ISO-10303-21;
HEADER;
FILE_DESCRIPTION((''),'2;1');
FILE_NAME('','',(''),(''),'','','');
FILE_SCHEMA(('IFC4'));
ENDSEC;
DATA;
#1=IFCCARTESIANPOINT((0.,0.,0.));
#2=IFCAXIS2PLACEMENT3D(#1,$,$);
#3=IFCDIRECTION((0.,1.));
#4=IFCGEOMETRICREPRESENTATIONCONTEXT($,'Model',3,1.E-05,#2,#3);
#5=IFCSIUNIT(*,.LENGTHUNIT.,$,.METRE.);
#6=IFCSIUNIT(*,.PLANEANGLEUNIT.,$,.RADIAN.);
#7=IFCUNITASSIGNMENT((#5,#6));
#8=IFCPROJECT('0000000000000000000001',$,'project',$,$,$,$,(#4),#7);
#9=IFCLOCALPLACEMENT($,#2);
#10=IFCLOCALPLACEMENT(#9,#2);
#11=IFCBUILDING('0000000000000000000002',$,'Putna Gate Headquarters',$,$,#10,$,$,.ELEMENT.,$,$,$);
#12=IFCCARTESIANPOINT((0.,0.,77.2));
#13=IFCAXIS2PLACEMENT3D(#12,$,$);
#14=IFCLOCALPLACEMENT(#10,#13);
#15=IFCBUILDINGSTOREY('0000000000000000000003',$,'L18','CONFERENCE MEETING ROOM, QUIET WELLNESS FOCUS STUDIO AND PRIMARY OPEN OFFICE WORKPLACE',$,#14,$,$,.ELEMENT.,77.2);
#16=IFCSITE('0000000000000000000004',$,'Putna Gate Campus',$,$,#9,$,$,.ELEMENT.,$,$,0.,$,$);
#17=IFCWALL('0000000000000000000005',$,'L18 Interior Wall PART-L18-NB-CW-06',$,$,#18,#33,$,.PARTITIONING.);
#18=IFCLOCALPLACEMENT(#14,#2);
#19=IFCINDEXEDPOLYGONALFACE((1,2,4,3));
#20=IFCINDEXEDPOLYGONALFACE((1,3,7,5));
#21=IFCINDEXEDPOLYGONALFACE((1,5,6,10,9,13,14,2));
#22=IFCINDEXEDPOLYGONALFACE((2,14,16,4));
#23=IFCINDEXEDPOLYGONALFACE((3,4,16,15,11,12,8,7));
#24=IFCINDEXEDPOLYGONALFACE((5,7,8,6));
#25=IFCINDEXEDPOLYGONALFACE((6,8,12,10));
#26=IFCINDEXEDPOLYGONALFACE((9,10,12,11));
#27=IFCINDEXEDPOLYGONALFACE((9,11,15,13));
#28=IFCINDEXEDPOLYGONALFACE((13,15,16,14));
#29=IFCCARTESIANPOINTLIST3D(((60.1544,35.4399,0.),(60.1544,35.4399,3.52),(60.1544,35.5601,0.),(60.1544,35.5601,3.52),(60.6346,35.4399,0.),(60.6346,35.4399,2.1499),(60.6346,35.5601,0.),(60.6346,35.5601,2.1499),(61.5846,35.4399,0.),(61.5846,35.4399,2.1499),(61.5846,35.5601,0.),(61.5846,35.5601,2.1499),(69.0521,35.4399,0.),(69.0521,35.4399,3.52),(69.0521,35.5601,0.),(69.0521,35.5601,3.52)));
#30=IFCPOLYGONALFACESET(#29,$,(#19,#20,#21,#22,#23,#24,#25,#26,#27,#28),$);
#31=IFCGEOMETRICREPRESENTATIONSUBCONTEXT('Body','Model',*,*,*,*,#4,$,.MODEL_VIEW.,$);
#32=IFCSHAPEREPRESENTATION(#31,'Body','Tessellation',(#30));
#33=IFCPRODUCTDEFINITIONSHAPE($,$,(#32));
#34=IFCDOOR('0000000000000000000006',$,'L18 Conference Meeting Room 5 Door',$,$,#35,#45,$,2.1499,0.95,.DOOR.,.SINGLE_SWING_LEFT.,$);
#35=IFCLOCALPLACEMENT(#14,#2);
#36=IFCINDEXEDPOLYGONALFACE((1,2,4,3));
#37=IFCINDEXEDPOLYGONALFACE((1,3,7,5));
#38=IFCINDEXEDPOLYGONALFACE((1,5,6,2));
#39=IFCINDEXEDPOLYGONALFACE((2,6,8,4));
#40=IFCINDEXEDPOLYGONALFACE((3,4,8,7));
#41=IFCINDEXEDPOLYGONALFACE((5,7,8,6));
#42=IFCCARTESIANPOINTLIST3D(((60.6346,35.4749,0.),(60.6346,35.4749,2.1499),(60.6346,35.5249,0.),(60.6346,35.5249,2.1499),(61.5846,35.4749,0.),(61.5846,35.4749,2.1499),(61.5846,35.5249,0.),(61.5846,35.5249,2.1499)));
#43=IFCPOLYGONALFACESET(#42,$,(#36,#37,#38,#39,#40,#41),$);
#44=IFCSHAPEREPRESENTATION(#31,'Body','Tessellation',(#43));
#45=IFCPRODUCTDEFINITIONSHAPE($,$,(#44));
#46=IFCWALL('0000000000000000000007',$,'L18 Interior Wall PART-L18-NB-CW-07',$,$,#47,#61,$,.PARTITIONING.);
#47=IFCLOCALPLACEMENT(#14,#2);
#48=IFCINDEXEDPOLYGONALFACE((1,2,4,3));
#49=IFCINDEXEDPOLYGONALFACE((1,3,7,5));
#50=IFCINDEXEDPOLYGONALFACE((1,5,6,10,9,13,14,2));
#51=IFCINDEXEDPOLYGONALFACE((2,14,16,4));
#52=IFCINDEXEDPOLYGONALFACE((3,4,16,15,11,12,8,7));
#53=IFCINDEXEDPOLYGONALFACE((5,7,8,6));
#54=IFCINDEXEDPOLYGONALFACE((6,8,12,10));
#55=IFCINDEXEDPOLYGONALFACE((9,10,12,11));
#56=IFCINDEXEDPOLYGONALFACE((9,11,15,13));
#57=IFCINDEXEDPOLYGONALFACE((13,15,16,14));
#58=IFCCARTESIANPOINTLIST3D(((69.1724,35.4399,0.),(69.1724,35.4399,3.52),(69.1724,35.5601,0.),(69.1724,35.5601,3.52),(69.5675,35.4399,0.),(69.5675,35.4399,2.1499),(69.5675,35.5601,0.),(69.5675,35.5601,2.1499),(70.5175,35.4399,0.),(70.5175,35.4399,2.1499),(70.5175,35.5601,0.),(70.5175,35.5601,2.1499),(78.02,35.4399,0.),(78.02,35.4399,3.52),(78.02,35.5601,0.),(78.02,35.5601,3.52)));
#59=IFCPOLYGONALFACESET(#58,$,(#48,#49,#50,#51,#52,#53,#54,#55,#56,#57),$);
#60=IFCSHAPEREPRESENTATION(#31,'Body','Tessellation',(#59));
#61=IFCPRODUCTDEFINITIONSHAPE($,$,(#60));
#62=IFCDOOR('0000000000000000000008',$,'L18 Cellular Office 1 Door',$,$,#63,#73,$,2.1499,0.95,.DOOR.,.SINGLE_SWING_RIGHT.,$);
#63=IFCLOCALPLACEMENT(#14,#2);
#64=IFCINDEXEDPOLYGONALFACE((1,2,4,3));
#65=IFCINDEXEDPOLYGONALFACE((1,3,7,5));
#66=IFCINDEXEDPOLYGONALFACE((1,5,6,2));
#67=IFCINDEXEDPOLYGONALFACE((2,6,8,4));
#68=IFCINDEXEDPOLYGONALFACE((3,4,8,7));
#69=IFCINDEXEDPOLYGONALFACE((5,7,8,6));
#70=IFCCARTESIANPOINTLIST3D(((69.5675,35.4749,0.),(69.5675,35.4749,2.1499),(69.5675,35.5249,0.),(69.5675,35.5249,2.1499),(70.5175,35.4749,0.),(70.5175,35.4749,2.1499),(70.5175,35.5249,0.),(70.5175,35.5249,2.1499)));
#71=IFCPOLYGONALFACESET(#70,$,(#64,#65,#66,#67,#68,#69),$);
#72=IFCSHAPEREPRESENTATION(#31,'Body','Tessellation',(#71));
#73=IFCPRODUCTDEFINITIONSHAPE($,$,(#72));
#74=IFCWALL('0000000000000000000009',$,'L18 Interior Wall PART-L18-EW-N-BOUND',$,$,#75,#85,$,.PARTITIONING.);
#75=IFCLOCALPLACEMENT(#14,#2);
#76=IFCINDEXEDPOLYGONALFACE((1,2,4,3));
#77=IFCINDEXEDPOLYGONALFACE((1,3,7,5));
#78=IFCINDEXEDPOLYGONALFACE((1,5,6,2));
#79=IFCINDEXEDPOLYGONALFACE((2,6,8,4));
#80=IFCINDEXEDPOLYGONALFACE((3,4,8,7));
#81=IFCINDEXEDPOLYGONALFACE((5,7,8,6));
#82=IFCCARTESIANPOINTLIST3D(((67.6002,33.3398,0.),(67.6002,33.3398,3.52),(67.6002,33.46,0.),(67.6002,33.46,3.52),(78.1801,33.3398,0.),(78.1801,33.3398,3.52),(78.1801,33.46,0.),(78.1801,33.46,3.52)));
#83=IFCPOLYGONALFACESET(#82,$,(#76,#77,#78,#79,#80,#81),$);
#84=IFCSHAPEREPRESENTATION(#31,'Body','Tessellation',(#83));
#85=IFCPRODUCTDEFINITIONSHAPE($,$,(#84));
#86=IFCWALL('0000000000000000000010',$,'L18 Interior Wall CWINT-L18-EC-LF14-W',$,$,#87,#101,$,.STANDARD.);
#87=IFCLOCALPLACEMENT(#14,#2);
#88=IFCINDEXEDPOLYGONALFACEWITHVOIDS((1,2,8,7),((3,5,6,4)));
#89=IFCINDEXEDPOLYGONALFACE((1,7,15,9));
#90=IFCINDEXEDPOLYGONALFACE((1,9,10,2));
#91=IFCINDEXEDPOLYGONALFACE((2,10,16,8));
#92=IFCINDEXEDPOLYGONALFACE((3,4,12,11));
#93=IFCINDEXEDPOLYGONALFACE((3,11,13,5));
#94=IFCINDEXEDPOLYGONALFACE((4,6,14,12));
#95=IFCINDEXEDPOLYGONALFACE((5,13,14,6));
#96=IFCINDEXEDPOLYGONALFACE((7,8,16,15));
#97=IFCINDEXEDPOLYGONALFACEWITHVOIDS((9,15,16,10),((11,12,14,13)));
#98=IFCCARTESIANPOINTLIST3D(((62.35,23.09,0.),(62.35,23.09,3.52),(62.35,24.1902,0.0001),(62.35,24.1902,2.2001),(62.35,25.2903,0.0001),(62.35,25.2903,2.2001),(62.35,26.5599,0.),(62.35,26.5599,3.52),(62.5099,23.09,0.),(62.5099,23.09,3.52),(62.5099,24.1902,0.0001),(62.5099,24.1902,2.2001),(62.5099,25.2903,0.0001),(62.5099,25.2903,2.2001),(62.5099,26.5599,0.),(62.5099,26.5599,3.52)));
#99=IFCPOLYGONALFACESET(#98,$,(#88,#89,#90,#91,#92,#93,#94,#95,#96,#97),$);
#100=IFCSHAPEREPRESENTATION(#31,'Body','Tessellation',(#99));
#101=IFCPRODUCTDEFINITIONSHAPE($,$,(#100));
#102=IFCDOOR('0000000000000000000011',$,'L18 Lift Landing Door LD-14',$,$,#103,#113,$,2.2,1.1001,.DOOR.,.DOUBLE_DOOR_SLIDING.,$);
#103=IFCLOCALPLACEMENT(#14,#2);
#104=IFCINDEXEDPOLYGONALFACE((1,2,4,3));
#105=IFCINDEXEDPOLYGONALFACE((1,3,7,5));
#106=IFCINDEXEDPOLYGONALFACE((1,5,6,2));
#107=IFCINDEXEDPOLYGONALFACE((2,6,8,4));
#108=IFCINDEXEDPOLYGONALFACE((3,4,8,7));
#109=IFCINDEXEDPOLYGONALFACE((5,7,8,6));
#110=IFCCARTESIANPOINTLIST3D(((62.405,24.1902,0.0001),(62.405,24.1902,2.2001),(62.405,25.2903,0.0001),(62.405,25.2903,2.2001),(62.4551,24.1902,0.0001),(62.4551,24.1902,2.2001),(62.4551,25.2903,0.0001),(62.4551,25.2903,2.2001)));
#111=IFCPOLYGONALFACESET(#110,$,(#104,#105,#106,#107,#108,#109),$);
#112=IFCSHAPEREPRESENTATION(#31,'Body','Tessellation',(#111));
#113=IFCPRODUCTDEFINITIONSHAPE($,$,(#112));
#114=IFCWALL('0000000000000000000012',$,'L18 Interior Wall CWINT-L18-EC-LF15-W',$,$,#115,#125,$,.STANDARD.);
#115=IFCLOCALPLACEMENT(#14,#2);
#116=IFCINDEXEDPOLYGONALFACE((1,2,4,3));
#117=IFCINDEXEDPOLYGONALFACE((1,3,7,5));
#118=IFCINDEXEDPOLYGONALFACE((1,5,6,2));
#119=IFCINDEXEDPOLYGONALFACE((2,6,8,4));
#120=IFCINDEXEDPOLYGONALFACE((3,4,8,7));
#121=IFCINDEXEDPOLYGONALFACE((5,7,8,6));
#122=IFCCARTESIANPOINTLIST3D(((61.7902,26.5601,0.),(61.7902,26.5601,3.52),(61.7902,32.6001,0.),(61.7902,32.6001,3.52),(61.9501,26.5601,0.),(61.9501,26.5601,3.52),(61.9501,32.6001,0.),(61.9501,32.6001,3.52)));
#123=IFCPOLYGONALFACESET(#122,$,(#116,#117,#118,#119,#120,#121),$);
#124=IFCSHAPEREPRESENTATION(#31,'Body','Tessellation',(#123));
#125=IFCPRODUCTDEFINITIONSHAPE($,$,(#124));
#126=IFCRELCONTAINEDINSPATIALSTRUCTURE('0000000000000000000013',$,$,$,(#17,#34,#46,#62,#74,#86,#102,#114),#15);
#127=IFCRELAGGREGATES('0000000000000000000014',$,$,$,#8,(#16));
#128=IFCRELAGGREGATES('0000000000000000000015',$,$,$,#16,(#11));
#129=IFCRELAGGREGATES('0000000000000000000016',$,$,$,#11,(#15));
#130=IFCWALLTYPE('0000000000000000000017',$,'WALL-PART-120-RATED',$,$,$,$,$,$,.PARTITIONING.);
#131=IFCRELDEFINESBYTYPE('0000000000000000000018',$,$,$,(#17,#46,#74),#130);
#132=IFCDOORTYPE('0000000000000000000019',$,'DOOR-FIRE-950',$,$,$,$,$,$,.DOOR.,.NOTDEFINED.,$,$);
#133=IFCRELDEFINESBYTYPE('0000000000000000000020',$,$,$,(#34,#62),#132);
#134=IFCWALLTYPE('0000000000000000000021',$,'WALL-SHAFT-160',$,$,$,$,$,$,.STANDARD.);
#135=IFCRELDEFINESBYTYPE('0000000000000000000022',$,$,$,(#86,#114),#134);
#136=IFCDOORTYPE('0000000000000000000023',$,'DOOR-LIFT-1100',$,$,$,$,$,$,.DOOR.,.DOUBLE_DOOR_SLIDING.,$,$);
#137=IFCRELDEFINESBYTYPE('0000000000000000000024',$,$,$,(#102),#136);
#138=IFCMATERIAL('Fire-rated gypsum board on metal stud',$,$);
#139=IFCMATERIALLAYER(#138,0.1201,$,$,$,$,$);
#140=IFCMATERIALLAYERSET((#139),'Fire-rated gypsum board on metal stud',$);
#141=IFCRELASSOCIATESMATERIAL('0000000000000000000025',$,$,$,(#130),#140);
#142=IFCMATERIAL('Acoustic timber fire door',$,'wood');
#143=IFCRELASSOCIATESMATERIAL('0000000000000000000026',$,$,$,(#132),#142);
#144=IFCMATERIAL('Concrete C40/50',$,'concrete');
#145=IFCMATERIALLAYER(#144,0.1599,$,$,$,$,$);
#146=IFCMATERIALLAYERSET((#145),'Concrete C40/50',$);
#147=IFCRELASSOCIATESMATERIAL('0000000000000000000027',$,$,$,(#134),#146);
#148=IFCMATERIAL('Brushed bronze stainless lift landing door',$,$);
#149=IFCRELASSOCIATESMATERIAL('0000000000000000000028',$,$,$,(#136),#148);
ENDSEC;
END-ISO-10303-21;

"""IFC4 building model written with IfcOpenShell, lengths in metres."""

from ifc_helpers import new_model, si_unit, direction, frame, frame_2d, origin, place, context, subcontext, project, spatial, rectangle, extrude, material, layer, layer_set, type_object, element, fill, save


model = new_model("IFC4")

# Units and contexts
model_context = context("Model", 3, precision=1e-05, world=origin(), true_north=direction((0.0, 1.0)))
body_context = subcontext(model_context, "Body", "Model", "MODEL_VIEW")
ifc_project = project(units=[si_unit("LENGTHUNIT", "METRE"), si_unit("PLANEANGLEUNIT", "RADIAN")], contexts=[model_context])

# Site, building, storey
site_placement = place(None, origin())
site = spatial("IfcSite", under=ifc_project, at=site_placement, Name="Putna Gate Campus", CompositionType="ELEMENT", RefElevation=0.0)
building_placement = place(site_placement, origin())
building = spatial("IfcBuilding", under=site, at=building_placement, Name="Putna Gate Headquarters", CompositionType="ELEMENT")
storey_placement = place(building_placement, frame((0.0, 0.0, 77.2)))
storey = spatial("IfcBuildingStorey", under=building, at=storey_placement, Name="L18", Description="CONFERENCE MEETING ROOM, QUIET WELLNESS FOCUS STUDIO AND PRIMARY OPEN OFFICE WORKPLACE", CompositionType="ELEMENT", Elevation=77.2)

# Shared definitions
ifc_material_1 = material(Name="Fire-rated gypsum board on metal stud")
ifc_layer_1 = layer(ifc_material_1, 0.1201)
ifc_layer_set_1 = layer_set([ifc_layer_1], Name="Fire-rated gypsum board on metal stud")
wall_type_1 = type_object("IfcWallType", Name="WALL-PART-120-RATED", PredefinedType="PARTITIONING", material=ifc_layer_set_1)

# Walls, openings, doors
wall_1_placement = place(storey_placement, frame((60.1545, 35.5, 0.0), z_axis=(0.0, 0.0, 1.0), x_axis=(1.0, 0.0, 0.0)))
wall_1 = element("IfcWall", 1, at=wall_1_placement, inside=storey, type_object=wall_type_1, Name="L18 Interior Wall PART-L18-NB-CW-06", PredefinedType="PARTITIONING", context=body_context, shape_type="SweptSolid", body=[
    extrude(rectangle(XDim=8.8977, YDim=0.1201, at=frame_2d((4.4487, 0.0))), origin(), (0.0, 0.0, 1.0), 3.52),
])
opening_1_placement = place(wall_1_placement, frame((0.48, 0.0, 0.0)))
opening_1 = element("IfcOpeningElement", 2, at=opening_1_placement, cuts=wall_1, PredefinedType="OPENING", context=body_context, shape_type="SweptSolid", body=[
    extrude(rectangle(XDim=0.95, YDim=2.1499, at=frame_2d((0.4751, 1.075))), frame((0.0, 0.0701, 0.0), z_axis=(0.0, -1.0, 0.0), x_axis=(1.0, 0.0, 0.0)), (0.0, 0.0, 1.0), 0.1401),
])
ifc_material_2 = material(Name="Acoustic timber fire door", Category="wood")
door_type_1 = type_object("IfcDoorType", Name="DOOR-FIRE-950", OperationType="NOTDEFINED", PredefinedType="DOOR", material=ifc_material_2)
door_1_placement = place(opening_1_placement, origin())
door_1 = element("IfcDoor", 3, at=door_1_placement, inside=storey, type_object=door_type_1, Name="L18 Conference Meeting Room 5 Door", OperationType="SINGLE_SWING_LEFT", OverallHeight=2.1499, OverallWidth=0.95, PredefinedType="DOOR", context=body_context, shape_type="SweptSolid", body=[
    extrude(rectangle(XDim=0.95, YDim=2.1499, at=frame_2d((0.4751, 1.075))), frame((0.0, 0.0249, 0.0), z_axis=(0.0, -1.0, 0.0), x_axis=(1.0, 0.0, 0.0)), (0.0, 0.0, 1.0), 0.05),
])
fill(opening_1, door_1)
wall_2_placement = place(storey_placement, frame((69.1724, 35.5, 0.0), z_axis=(0.0, 0.0, 1.0), x_axis=(1.0, 0.0, 0.0)))
wall_2 = element("IfcWall", 4, at=wall_2_placement, inside=storey, type_object=wall_type_1, Name="L18 Interior Wall PART-L18-NB-CW-07", PredefinedType="PARTITIONING", context=body_context, shape_type="SweptSolid", body=[
    extrude(rectangle(XDim=8.8477, YDim=0.1201, at=frame_2d((4.4238, 0.0))), origin(), (0.0, 0.0, 1.0), 3.52),
])
opening_2_placement = place(wall_2_placement, frame((0.395, 0.0, 0.0)))
opening_2 = element("IfcOpeningElement", 5, at=opening_2_placement, cuts=wall_2, PredefinedType="OPENING", context=body_context, shape_type="SweptSolid", body=[
    extrude(rectangle(XDim=0.95, YDim=2.1499, at=frame_2d((0.4751, 1.075))), frame((0.0, 0.0701, 0.0), z_axis=(0.0, -1.0, 0.0), x_axis=(1.0, 0.0, 0.0)), (0.0, 0.0, 1.0), 0.1401),
])
door_2_placement = place(opening_2_placement, origin())
door_2 = element("IfcDoor", 6, at=door_2_placement, inside=storey, type_object=door_type_1, Name="L18 Cellular Office 1 Door", OperationType="SINGLE_SWING_RIGHT", OverallHeight=2.1499, OverallWidth=0.95, PredefinedType="DOOR", context=body_context, shape_type="SweptSolid", body=[
    extrude(rectangle(XDim=0.95, YDim=2.1499, at=frame_2d((0.4751, 1.075))), frame((0.0, 0.0249, 0.0), z_axis=(0.0, -1.0, 0.0), x_axis=(1.0, 0.0, 0.0)), (0.0, 0.0, 1.0), 0.05),
])
fill(opening_2, door_2)

# Wall
wall_3_placement = place(storey_placement, frame((67.6001, 33.3999, 0.0), z_axis=(0.0, 0.0, 1.0), x_axis=(1.0, 0.0, 0.0)))
element("IfcWall", 7, at=wall_3_placement, inside=storey, type_object=wall_type_1, Name="L18 Interior Wall PART-L18-EW-N-BOUND", PredefinedType="PARTITIONING", context=body_context, shape_type="SweptSolid", body=[
    extrude(rectangle(XDim=10.5798, YDim=0.1201, at=frame_2d((5.29, 0.0))), origin(), (0.0, 0.0, 1.0), 3.52),
])

# Wall, opening, door
ifc_material_3 = material(Name="Concrete C40/50", Category="concrete")
ifc_layer_2 = layer(ifc_material_3, 0.1599)
ifc_layer_set_2 = layer_set([ifc_layer_2], Name="Concrete C40/50")
wall_type_2 = type_object("IfcWallType", Name="WALL-SHAFT-160", PredefinedType="STANDARD", material=ifc_layer_set_2)
wall_4_placement = place(storey_placement, frame((62.4299, 23.0901, 0.0), z_axis=(0.0, 0.0, 1.0), x_axis=(0.0, 1.0, 0.0)))
wall_4 = element("IfcWall", 8, at=wall_4_placement, inside=storey, type_object=wall_type_2, Name="L18 Interior Wall CWINT-L18-EC-LF14-W", PredefinedType="STANDARD", context=body_context, shape_type="SweptSolid", body=[
    extrude(rectangle(XDim=3.47, YDim=0.1599, at=frame_2d((1.7349, 0.0))), origin(), (0.0, 0.0, 1.0), 3.52),
])
opening_3_placement = place(wall_4_placement, frame((1.1001, 0.0, 0.0)))
opening_3 = element("IfcOpeningElement", 9, at=opening_3_placement, cuts=wall_4, PredefinedType="OPENING", context=body_context, shape_type="SweptSolid", body=[
    extrude(rectangle(XDim=1.1001, YDim=2.2, at=frame_2d((0.55, 1.1001))), frame((0.0, 0.0898, 0.0), z_axis=(0.0, -1.0, 0.0), x_axis=(1.0, 0.0, 0.0)), (0.0, 0.0, 1.0), 0.1799),
])
ifc_material_4 = material(Name="Brushed bronze stainless lift landing door")
door_type_2 = type_object("IfcDoorType", Name="DOOR-LIFT-1100", OperationType="DOUBLE_DOOR_SLIDING", PredefinedType="DOOR", material=ifc_material_4)
door_3_placement = place(opening_3_placement, origin())
door_3 = element("IfcDoor", 10, at=door_3_placement, inside=storey, type_object=door_type_2, Name="L18 Lift Landing Door LD-14", OperationType="DOUBLE_DOOR_SLIDING", OverallHeight=2.2, OverallWidth=1.1001, PredefinedType="DOOR", context=body_context, shape_type="SweptSolid", body=[
    extrude(rectangle(XDim=1.1001, YDim=2.2, at=frame_2d((0.55, 1.1001))), frame((0.0, 0.0249, 0.0), z_axis=(0.0, -1.0, 0.0), x_axis=(1.0, 0.0, 0.0)), (0.0, 0.0, 1.0), 0.05),
])
fill(opening_3, door_3)

# Wall
wall_5_placement = place(storey_placement, frame((61.8701, 26.5601, 0.0), z_axis=(0.0, 0.0, 1.0), x_axis=(0.0, 1.0, 0.0)))
element("IfcWall", 11, at=wall_5_placement, inside=storey, type_object=wall_type_2, Name="L18 Interior Wall CWINT-L18-EC-LF15-W", PredefinedType="STANDARD", context=body_context, shape_type="SweptSolid", body=[
    extrude(rectangle(XDim=6.04, YDim=0.1599, at=frame_2d((3.02, 0.0))), origin(), (0.0, 0.0, 1.0), 3.52),
])

save(model, "model.ifc")
